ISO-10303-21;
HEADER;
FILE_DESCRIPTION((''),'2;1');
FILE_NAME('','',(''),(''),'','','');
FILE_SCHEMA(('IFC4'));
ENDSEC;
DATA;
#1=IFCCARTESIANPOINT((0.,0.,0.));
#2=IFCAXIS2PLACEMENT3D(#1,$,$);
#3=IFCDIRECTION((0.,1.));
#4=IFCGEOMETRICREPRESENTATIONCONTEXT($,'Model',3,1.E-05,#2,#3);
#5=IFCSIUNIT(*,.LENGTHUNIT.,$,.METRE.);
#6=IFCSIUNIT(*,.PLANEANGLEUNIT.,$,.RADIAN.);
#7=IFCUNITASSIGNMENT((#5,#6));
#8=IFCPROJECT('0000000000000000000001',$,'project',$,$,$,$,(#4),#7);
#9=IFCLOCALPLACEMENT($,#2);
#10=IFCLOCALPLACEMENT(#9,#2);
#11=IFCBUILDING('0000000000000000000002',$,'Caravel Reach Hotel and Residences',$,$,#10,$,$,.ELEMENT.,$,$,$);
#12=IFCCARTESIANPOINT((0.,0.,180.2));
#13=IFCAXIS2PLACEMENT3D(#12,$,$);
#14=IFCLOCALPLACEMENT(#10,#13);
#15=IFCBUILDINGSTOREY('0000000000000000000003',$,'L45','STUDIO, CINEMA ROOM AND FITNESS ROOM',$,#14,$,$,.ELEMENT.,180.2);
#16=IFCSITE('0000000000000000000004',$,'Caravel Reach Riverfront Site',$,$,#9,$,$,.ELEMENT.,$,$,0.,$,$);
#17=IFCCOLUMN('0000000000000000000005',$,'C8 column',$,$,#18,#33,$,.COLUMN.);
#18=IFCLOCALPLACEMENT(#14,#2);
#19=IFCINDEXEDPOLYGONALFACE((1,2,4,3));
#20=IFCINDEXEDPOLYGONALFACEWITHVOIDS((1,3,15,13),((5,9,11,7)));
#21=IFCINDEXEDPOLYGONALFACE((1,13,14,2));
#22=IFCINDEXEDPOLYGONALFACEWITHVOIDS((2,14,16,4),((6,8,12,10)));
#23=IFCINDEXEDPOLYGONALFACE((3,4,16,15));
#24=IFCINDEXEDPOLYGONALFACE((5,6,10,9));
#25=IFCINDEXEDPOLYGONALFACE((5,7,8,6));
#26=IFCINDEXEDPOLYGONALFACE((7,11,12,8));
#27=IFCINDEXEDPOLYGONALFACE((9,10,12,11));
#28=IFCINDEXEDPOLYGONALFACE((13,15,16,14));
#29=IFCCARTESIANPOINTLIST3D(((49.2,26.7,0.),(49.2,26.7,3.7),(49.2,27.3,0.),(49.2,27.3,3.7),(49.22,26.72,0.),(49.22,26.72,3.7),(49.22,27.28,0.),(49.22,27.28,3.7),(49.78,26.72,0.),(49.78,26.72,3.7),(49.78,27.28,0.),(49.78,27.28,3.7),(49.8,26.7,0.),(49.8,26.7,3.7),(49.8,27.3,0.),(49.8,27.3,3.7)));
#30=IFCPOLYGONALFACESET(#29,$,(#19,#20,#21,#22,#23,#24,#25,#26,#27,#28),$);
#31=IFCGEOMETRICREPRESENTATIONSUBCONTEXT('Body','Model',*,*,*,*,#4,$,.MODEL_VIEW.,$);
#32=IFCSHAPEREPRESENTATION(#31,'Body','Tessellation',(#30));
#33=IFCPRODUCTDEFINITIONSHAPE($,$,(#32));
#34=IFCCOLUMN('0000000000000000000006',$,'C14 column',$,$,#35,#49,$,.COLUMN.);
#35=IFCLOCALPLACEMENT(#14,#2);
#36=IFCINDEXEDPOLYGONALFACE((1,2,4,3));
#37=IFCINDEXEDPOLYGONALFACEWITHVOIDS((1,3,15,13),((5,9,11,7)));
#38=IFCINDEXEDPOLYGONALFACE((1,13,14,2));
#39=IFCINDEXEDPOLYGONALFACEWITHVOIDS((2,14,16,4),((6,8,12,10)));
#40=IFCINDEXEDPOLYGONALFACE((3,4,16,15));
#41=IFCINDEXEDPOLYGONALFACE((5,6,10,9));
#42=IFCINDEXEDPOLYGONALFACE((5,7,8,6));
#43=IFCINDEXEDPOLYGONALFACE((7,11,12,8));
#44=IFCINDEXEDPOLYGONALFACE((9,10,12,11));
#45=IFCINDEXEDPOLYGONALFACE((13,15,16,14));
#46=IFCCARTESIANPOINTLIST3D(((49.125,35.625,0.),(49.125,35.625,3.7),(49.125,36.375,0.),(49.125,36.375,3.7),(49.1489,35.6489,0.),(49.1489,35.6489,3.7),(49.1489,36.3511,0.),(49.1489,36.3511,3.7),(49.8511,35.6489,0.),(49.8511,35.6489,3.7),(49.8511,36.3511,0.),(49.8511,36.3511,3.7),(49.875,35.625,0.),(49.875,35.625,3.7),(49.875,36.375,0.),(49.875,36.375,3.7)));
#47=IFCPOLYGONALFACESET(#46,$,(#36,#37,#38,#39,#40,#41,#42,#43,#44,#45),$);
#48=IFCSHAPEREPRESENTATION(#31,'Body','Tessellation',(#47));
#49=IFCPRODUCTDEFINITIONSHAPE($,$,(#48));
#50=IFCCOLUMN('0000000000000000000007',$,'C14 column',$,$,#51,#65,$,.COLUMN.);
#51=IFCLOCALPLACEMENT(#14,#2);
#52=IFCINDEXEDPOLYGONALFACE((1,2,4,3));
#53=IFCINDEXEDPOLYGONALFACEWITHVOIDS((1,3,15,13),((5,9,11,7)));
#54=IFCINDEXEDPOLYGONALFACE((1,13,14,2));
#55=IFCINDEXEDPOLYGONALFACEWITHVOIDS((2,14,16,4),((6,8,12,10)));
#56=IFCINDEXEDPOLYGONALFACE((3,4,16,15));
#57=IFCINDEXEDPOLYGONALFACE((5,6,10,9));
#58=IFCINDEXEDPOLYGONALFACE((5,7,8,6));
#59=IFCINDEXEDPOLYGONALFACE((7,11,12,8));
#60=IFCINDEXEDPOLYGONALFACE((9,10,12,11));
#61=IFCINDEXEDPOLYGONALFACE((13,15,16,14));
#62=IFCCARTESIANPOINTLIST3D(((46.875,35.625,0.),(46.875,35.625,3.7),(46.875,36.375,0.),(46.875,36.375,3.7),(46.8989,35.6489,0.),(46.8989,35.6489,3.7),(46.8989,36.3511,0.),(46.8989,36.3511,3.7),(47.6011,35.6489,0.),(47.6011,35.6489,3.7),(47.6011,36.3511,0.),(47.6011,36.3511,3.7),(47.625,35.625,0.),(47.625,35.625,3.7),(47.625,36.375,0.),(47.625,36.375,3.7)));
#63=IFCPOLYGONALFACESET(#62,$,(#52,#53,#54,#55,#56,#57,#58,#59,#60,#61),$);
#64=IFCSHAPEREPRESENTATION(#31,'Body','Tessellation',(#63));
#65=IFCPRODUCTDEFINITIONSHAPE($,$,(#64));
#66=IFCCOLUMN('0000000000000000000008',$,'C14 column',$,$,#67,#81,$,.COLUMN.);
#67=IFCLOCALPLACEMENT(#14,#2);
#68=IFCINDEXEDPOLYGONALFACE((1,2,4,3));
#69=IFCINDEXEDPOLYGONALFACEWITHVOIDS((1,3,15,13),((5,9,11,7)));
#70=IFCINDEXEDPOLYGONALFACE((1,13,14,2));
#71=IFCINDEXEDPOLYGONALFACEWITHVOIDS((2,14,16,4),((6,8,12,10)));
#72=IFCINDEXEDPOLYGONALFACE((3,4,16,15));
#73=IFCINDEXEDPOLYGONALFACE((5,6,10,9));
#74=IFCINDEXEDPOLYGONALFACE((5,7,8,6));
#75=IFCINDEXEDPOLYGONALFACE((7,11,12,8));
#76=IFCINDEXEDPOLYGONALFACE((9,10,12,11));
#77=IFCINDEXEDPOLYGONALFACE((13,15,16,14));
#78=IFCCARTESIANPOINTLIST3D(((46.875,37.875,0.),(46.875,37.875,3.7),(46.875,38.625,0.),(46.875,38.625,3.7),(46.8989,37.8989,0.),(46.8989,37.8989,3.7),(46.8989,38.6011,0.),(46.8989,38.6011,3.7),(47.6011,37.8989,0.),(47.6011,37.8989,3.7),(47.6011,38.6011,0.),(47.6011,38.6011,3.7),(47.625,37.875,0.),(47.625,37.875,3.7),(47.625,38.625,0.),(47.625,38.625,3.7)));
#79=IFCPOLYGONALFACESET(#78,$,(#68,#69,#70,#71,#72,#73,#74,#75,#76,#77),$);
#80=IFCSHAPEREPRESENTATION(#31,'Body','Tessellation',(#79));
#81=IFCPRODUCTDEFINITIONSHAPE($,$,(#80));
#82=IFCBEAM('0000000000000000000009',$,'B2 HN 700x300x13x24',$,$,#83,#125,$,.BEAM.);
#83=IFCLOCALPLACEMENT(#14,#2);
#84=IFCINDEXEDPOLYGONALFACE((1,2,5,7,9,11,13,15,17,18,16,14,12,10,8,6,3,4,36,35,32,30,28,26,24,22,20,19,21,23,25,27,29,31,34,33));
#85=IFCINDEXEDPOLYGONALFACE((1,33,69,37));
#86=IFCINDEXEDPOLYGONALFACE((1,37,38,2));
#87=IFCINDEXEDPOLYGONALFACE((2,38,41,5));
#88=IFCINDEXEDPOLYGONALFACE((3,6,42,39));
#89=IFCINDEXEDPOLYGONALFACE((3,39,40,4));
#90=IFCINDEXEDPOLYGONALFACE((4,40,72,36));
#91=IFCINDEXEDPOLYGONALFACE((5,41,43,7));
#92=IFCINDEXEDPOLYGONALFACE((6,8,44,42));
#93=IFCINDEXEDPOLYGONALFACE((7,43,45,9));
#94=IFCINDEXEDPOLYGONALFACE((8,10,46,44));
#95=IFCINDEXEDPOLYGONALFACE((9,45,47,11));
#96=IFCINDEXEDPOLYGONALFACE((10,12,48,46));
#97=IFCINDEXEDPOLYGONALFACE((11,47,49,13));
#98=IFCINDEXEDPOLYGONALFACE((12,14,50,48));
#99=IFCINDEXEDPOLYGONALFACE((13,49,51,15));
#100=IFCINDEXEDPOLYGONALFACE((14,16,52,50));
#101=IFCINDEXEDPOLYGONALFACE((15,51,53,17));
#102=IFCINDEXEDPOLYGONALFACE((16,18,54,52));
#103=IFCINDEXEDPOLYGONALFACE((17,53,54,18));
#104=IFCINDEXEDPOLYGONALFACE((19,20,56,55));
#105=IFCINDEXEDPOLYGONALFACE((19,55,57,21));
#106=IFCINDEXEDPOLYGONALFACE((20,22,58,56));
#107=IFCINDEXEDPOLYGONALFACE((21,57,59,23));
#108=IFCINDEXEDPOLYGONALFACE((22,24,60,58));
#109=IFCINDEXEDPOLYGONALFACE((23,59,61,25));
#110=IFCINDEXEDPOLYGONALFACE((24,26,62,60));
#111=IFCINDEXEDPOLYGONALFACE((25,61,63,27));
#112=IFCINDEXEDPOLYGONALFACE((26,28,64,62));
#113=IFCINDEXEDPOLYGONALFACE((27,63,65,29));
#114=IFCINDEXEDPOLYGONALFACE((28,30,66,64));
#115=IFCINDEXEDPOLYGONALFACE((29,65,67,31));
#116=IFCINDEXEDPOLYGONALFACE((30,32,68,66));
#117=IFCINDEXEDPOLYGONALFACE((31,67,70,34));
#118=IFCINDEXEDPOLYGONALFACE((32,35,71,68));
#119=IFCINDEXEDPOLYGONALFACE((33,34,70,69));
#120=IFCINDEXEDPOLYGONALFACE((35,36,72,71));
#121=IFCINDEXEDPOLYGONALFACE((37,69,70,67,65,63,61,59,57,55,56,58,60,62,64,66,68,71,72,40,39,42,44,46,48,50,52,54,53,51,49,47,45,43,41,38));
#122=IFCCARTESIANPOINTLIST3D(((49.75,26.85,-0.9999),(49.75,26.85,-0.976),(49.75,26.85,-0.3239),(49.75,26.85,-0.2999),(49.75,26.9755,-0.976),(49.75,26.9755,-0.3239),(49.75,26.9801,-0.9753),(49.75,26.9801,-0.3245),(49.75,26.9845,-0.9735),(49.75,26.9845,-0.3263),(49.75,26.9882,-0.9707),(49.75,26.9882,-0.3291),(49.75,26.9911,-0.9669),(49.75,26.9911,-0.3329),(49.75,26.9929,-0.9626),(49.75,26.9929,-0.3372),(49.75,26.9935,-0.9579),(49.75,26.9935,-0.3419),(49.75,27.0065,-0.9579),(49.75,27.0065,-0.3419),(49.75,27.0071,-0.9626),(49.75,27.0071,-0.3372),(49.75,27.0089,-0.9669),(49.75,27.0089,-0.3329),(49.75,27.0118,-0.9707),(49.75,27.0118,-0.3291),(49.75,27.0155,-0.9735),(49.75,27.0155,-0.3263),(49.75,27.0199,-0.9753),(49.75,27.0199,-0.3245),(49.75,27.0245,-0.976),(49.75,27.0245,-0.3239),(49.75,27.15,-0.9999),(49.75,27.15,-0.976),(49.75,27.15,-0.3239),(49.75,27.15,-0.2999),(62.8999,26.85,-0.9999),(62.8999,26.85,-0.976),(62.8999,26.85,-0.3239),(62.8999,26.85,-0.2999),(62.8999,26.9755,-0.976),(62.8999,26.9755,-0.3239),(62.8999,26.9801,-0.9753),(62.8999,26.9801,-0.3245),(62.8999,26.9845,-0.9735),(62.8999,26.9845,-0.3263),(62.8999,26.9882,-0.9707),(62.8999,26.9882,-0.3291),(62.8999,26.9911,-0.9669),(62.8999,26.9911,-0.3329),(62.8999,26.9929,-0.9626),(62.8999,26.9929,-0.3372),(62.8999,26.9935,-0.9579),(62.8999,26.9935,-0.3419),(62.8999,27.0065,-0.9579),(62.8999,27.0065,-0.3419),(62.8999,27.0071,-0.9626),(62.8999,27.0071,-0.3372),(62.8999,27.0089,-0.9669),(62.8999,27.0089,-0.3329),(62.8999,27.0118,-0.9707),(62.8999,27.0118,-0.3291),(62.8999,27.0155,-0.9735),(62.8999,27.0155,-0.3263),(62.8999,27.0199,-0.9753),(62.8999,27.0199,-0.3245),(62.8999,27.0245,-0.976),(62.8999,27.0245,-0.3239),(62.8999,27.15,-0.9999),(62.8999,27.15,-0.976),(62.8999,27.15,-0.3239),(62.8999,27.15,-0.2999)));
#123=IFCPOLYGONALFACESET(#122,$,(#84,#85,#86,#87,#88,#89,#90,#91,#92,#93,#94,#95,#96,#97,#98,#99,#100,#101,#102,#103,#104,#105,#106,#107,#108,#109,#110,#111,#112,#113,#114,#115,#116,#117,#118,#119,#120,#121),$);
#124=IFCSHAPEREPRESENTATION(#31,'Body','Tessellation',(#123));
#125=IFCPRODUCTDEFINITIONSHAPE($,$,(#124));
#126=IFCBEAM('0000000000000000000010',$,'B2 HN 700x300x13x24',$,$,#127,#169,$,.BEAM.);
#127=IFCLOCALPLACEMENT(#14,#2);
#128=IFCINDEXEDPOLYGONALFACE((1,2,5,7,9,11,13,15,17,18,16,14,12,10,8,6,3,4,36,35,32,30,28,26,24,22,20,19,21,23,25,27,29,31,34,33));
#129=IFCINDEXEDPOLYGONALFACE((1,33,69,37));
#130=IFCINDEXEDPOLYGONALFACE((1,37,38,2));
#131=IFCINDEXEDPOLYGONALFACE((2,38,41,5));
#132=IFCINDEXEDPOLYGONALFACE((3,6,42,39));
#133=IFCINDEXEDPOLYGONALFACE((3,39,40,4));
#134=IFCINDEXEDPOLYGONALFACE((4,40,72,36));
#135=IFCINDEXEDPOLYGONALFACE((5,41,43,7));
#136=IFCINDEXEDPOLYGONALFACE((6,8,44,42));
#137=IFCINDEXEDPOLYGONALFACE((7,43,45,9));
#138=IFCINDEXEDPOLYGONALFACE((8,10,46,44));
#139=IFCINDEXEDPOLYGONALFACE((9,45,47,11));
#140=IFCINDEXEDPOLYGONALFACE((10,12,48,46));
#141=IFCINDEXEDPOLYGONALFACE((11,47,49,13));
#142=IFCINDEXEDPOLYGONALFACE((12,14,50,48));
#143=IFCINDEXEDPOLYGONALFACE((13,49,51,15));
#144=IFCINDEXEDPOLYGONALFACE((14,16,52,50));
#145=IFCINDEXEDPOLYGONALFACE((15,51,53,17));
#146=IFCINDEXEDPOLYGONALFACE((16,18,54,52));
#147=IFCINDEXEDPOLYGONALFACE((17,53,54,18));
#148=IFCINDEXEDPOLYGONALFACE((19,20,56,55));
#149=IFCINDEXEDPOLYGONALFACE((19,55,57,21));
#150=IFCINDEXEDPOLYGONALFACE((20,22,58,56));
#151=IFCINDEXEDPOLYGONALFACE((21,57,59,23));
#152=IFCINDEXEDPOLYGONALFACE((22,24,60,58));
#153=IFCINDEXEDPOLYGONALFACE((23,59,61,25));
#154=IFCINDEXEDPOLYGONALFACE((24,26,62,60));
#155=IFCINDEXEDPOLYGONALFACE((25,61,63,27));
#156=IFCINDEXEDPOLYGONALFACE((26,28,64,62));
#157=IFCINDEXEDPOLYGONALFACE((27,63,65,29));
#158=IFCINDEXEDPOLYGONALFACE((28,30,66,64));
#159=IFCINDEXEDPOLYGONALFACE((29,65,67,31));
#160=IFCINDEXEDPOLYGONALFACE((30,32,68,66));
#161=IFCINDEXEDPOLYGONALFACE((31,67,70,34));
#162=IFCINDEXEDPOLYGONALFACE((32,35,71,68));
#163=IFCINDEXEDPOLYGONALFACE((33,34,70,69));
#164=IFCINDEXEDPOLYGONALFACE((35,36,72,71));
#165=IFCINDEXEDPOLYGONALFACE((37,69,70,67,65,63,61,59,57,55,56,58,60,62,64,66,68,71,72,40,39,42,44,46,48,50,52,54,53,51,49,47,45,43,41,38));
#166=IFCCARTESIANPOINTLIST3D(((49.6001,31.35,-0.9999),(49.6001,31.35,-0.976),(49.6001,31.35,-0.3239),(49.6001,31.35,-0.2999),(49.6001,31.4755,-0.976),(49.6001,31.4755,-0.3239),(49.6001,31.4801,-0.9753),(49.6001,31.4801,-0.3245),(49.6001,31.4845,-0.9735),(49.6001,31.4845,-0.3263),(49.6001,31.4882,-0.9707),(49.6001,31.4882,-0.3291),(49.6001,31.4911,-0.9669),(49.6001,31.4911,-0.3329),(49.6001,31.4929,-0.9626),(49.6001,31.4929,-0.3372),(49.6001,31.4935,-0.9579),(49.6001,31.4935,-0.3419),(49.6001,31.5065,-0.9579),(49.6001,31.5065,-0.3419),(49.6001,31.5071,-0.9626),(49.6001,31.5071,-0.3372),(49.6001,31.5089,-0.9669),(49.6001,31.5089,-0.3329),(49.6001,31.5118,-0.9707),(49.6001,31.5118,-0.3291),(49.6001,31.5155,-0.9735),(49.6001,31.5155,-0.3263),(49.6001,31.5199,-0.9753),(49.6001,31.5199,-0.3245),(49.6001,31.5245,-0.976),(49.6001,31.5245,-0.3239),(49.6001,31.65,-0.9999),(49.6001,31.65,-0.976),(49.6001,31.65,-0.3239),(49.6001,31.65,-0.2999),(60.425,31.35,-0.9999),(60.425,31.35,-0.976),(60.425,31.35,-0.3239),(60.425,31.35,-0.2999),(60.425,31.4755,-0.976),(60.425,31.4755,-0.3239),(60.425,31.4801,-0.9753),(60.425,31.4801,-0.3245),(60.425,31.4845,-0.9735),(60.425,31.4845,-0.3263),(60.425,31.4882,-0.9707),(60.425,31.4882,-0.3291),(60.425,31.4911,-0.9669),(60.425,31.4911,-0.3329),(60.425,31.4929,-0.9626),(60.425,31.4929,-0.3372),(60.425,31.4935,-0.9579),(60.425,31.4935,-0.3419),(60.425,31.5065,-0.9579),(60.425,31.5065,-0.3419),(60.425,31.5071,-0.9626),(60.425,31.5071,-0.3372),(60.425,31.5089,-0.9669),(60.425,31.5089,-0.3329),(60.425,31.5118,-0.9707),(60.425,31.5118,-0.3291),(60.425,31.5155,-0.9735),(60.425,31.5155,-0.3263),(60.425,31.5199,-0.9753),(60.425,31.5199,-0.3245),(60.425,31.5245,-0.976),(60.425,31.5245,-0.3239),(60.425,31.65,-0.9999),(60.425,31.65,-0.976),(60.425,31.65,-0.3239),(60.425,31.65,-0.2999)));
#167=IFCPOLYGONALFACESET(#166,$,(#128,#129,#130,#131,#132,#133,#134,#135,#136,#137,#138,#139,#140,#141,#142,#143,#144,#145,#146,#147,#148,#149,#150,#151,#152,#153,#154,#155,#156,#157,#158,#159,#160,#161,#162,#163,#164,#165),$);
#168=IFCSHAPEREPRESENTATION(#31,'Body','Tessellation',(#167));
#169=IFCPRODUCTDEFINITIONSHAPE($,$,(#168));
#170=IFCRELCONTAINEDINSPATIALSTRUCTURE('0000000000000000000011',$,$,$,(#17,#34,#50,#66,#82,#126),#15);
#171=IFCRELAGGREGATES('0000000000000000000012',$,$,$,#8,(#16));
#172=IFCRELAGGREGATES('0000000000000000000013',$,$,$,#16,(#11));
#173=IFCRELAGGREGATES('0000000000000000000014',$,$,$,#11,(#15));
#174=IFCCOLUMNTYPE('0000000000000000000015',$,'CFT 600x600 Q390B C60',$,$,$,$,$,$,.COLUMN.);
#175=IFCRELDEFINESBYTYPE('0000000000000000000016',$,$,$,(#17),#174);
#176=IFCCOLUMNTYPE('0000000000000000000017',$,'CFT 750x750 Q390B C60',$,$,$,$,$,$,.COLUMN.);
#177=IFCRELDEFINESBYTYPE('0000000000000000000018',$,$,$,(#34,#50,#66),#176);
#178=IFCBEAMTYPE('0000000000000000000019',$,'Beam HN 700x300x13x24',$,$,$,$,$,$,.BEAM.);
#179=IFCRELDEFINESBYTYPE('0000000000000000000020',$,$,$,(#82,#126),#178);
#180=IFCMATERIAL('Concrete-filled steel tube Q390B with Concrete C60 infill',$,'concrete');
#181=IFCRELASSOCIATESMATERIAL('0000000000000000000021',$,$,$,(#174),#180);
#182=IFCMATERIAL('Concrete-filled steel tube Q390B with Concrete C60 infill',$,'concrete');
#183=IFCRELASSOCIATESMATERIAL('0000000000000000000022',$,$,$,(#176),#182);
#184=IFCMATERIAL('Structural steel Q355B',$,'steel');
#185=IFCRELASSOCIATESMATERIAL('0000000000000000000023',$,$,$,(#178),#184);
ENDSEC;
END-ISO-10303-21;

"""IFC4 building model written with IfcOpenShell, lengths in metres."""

from ifc_helpers import new_model, si_unit, direction, frame, origin, origin_2d, place, context, subcontext, project, spatial, hollow_rectangle, i_section, extrude, material, material_profile, profile_set, type_object, element, save


model = new_model("IFC4")

# Units and contexts
model_context = context("Model", 3, precision=1e-05, world=origin(), true_north=direction((0.0, 1.0)))
body_context = subcontext(model_context, "Body", "Model", "MODEL_VIEW")
ifc_project = project(units=[si_unit("LENGTHUNIT", "METRE"), si_unit("PLANEANGLEUNIT", "RADIAN")], contexts=[model_context])

# Site, building, storey
site_placement = place(None, origin())
site = spatial("IfcSite", under=ifc_project, at=site_placement, Name="Caravel Reach Riverfront Site", CompositionType="ELEMENT", RefElevation=0.0)
building_placement = place(site_placement, origin())
building = spatial("IfcBuilding", under=site, at=building_placement, Name="Caravel Reach Hotel and Residences", CompositionType="ELEMENT")
storey_placement = place(building_placement, frame((0.0, 0.0, 180.2)))
storey = spatial("IfcBuildingStorey", under=building, at=storey_placement, Name="L45", Description="STUDIO, CINEMA ROOM AND FITNESS ROOM", CompositionType="ELEMENT", Elevation=180.2)

# Columns
ifc_material_1 = material(Name="Concrete-filled steel tube Q390B with Concrete C60 infill", Category="concrete")
ifc_material_profile_1 = material_profile(ifc_material_1, hollow_rectangle(XDim=0.6001, YDim=0.6001, WallThickness=0.02, at=origin_2d()), Name="RHS 600x600x20")
ifc_profile_set_1 = profile_set([ifc_material_profile_1], Name="Concrete-filled steel tube Q390B with Concrete C60 infill")
column_type_1 = type_object("IfcColumnType", Name="CFT 600x600 Q390B C60", PredefinedType="COLUMN", material=ifc_profile_set_1)
column_placement = place(storey_placement, frame((49.5, 27.0, 0.0), z_axis=(0.0, 0.0, 1.0), x_axis=(1.0, 0.0, 0.0)))
element("IfcColumn", 1, at=column_placement, inside=storey, type_object=column_type_1, Name="C8 column", PredefinedType="COLUMN", context=body_context, shape_type="SweptSolid", body=[
    extrude(hollow_rectangle(XDim=0.6001, YDim=0.6001, WallThickness=0.02, at=origin_2d()), origin(), (0.0, 0.0, 1.0), 3.7),
])
ifc_material_2 = material(Name="Concrete-filled steel tube Q390B with Concrete C60 infill", Category="concrete")
ifc_material_profile_2 = material_profile(ifc_material_2, hollow_rectangle(XDim=0.75, YDim=0.75, WallThickness=0.0239, at=origin_2d()), Name="RHS 750x750x24")
ifc_profile_set_2 = profile_set([ifc_material_profile_2], Name="Concrete-filled steel tube Q390B with Concrete C60 infill")
column_type_2 = type_object("IfcColumnType", Name="CFT 750x750 Q390B C60", PredefinedType="COLUMN", material=ifc_profile_set_2)
for number, where, z_axis, x_axis, name in (
    (2, (49.5, 36.0, 0.0), (0.0, 0.0, 1.0), (1.0, 0.0, 0.0), "C14 column"),
    (3, (47.25, 36.0, 0.0), (0.0, 0.0, 1.0), (1.0, 0.0, 0.0), "C14 column"),
    (4, (47.25, 38.25, 0.0), (0.0, 0.0, 1.0), (1.0, 0.0, 0.0), "C14 column"),
):
    element("IfcColumn", number, at=place(storey_placement, frame(where, z_axis=z_axis, x_axis=x_axis)), inside=storey, type_object=column_type_2, Name=name, PredefinedType="COLUMN", context=body_context, shape_type="SweptSolid", body=[
        extrude(hollow_rectangle(XDim=0.75, YDim=0.75, WallThickness=0.0239, at=origin_2d()), origin(), (0.0, 0.0, 1.0), 3.7),
    ])

# Beams
ifc_material_3 = material(Name="Structural steel Q355B", Category="steel")
ifc_material_profile_3 = material_profile(ifc_material_3, i_section(OverallWidth=0.3, OverallDepth=0.7, WebThickness=0.0129, FlangeThickness=0.0239, FilletRadius=0.0181, at=origin_2d()), Name="HN 700x300x13x24")
ifc_profile_set_3 = profile_set([ifc_material_profile_3], Name="Structural steel Q355B")
beam_type_1 = type_object("IfcBeamType", Name="Beam HN 700x300x13x24", PredefinedType="BEAM", material=ifc_profile_set_3)
beam_1_placement = place(storey_placement, frame((49.75, 27.0, -0.6499), z_axis=(1.0, 0.0, 0.0), x_axis=(0.0, 1.0, 0.0)))
element("IfcBeam", 5, at=beam_1_placement, inside=storey, type_object=beam_type_1, Name="B2 HN 700x300x13x24", PredefinedType="BEAM", context=body_context, shape_type="SweptSolid", body=[
    extrude(i_section(OverallWidth=0.3, OverallDepth=0.7, WebThickness=0.0129, FlangeThickness=0.0239, FilletRadius=0.0181, at=origin_2d()), origin(), (0.0, 0.0, 1.0), 13.1499),
])
beam_2_placement = place(storey_placement, frame((49.6001, 31.5, -0.6499), z_axis=(1.0, 0.0, 0.0), x_axis=(0.0, 1.0, 0.0)))
element("IfcBeam", 6, at=beam_2_placement, inside=storey, type_object=beam_type_1, Name="B2 HN 700x300x13x24", PredefinedType="BEAM", context=body_context, shape_type="SweptSolid", body=[
    extrude(i_section(OverallWidth=0.3, OverallDepth=0.7, WebThickness=0.0129, FlangeThickness=0.0239, FilletRadius=0.0181, at=origin_2d()), origin(), (0.0, 0.0, 1.0), 10.825),
])

save(model, "model.ifc")
